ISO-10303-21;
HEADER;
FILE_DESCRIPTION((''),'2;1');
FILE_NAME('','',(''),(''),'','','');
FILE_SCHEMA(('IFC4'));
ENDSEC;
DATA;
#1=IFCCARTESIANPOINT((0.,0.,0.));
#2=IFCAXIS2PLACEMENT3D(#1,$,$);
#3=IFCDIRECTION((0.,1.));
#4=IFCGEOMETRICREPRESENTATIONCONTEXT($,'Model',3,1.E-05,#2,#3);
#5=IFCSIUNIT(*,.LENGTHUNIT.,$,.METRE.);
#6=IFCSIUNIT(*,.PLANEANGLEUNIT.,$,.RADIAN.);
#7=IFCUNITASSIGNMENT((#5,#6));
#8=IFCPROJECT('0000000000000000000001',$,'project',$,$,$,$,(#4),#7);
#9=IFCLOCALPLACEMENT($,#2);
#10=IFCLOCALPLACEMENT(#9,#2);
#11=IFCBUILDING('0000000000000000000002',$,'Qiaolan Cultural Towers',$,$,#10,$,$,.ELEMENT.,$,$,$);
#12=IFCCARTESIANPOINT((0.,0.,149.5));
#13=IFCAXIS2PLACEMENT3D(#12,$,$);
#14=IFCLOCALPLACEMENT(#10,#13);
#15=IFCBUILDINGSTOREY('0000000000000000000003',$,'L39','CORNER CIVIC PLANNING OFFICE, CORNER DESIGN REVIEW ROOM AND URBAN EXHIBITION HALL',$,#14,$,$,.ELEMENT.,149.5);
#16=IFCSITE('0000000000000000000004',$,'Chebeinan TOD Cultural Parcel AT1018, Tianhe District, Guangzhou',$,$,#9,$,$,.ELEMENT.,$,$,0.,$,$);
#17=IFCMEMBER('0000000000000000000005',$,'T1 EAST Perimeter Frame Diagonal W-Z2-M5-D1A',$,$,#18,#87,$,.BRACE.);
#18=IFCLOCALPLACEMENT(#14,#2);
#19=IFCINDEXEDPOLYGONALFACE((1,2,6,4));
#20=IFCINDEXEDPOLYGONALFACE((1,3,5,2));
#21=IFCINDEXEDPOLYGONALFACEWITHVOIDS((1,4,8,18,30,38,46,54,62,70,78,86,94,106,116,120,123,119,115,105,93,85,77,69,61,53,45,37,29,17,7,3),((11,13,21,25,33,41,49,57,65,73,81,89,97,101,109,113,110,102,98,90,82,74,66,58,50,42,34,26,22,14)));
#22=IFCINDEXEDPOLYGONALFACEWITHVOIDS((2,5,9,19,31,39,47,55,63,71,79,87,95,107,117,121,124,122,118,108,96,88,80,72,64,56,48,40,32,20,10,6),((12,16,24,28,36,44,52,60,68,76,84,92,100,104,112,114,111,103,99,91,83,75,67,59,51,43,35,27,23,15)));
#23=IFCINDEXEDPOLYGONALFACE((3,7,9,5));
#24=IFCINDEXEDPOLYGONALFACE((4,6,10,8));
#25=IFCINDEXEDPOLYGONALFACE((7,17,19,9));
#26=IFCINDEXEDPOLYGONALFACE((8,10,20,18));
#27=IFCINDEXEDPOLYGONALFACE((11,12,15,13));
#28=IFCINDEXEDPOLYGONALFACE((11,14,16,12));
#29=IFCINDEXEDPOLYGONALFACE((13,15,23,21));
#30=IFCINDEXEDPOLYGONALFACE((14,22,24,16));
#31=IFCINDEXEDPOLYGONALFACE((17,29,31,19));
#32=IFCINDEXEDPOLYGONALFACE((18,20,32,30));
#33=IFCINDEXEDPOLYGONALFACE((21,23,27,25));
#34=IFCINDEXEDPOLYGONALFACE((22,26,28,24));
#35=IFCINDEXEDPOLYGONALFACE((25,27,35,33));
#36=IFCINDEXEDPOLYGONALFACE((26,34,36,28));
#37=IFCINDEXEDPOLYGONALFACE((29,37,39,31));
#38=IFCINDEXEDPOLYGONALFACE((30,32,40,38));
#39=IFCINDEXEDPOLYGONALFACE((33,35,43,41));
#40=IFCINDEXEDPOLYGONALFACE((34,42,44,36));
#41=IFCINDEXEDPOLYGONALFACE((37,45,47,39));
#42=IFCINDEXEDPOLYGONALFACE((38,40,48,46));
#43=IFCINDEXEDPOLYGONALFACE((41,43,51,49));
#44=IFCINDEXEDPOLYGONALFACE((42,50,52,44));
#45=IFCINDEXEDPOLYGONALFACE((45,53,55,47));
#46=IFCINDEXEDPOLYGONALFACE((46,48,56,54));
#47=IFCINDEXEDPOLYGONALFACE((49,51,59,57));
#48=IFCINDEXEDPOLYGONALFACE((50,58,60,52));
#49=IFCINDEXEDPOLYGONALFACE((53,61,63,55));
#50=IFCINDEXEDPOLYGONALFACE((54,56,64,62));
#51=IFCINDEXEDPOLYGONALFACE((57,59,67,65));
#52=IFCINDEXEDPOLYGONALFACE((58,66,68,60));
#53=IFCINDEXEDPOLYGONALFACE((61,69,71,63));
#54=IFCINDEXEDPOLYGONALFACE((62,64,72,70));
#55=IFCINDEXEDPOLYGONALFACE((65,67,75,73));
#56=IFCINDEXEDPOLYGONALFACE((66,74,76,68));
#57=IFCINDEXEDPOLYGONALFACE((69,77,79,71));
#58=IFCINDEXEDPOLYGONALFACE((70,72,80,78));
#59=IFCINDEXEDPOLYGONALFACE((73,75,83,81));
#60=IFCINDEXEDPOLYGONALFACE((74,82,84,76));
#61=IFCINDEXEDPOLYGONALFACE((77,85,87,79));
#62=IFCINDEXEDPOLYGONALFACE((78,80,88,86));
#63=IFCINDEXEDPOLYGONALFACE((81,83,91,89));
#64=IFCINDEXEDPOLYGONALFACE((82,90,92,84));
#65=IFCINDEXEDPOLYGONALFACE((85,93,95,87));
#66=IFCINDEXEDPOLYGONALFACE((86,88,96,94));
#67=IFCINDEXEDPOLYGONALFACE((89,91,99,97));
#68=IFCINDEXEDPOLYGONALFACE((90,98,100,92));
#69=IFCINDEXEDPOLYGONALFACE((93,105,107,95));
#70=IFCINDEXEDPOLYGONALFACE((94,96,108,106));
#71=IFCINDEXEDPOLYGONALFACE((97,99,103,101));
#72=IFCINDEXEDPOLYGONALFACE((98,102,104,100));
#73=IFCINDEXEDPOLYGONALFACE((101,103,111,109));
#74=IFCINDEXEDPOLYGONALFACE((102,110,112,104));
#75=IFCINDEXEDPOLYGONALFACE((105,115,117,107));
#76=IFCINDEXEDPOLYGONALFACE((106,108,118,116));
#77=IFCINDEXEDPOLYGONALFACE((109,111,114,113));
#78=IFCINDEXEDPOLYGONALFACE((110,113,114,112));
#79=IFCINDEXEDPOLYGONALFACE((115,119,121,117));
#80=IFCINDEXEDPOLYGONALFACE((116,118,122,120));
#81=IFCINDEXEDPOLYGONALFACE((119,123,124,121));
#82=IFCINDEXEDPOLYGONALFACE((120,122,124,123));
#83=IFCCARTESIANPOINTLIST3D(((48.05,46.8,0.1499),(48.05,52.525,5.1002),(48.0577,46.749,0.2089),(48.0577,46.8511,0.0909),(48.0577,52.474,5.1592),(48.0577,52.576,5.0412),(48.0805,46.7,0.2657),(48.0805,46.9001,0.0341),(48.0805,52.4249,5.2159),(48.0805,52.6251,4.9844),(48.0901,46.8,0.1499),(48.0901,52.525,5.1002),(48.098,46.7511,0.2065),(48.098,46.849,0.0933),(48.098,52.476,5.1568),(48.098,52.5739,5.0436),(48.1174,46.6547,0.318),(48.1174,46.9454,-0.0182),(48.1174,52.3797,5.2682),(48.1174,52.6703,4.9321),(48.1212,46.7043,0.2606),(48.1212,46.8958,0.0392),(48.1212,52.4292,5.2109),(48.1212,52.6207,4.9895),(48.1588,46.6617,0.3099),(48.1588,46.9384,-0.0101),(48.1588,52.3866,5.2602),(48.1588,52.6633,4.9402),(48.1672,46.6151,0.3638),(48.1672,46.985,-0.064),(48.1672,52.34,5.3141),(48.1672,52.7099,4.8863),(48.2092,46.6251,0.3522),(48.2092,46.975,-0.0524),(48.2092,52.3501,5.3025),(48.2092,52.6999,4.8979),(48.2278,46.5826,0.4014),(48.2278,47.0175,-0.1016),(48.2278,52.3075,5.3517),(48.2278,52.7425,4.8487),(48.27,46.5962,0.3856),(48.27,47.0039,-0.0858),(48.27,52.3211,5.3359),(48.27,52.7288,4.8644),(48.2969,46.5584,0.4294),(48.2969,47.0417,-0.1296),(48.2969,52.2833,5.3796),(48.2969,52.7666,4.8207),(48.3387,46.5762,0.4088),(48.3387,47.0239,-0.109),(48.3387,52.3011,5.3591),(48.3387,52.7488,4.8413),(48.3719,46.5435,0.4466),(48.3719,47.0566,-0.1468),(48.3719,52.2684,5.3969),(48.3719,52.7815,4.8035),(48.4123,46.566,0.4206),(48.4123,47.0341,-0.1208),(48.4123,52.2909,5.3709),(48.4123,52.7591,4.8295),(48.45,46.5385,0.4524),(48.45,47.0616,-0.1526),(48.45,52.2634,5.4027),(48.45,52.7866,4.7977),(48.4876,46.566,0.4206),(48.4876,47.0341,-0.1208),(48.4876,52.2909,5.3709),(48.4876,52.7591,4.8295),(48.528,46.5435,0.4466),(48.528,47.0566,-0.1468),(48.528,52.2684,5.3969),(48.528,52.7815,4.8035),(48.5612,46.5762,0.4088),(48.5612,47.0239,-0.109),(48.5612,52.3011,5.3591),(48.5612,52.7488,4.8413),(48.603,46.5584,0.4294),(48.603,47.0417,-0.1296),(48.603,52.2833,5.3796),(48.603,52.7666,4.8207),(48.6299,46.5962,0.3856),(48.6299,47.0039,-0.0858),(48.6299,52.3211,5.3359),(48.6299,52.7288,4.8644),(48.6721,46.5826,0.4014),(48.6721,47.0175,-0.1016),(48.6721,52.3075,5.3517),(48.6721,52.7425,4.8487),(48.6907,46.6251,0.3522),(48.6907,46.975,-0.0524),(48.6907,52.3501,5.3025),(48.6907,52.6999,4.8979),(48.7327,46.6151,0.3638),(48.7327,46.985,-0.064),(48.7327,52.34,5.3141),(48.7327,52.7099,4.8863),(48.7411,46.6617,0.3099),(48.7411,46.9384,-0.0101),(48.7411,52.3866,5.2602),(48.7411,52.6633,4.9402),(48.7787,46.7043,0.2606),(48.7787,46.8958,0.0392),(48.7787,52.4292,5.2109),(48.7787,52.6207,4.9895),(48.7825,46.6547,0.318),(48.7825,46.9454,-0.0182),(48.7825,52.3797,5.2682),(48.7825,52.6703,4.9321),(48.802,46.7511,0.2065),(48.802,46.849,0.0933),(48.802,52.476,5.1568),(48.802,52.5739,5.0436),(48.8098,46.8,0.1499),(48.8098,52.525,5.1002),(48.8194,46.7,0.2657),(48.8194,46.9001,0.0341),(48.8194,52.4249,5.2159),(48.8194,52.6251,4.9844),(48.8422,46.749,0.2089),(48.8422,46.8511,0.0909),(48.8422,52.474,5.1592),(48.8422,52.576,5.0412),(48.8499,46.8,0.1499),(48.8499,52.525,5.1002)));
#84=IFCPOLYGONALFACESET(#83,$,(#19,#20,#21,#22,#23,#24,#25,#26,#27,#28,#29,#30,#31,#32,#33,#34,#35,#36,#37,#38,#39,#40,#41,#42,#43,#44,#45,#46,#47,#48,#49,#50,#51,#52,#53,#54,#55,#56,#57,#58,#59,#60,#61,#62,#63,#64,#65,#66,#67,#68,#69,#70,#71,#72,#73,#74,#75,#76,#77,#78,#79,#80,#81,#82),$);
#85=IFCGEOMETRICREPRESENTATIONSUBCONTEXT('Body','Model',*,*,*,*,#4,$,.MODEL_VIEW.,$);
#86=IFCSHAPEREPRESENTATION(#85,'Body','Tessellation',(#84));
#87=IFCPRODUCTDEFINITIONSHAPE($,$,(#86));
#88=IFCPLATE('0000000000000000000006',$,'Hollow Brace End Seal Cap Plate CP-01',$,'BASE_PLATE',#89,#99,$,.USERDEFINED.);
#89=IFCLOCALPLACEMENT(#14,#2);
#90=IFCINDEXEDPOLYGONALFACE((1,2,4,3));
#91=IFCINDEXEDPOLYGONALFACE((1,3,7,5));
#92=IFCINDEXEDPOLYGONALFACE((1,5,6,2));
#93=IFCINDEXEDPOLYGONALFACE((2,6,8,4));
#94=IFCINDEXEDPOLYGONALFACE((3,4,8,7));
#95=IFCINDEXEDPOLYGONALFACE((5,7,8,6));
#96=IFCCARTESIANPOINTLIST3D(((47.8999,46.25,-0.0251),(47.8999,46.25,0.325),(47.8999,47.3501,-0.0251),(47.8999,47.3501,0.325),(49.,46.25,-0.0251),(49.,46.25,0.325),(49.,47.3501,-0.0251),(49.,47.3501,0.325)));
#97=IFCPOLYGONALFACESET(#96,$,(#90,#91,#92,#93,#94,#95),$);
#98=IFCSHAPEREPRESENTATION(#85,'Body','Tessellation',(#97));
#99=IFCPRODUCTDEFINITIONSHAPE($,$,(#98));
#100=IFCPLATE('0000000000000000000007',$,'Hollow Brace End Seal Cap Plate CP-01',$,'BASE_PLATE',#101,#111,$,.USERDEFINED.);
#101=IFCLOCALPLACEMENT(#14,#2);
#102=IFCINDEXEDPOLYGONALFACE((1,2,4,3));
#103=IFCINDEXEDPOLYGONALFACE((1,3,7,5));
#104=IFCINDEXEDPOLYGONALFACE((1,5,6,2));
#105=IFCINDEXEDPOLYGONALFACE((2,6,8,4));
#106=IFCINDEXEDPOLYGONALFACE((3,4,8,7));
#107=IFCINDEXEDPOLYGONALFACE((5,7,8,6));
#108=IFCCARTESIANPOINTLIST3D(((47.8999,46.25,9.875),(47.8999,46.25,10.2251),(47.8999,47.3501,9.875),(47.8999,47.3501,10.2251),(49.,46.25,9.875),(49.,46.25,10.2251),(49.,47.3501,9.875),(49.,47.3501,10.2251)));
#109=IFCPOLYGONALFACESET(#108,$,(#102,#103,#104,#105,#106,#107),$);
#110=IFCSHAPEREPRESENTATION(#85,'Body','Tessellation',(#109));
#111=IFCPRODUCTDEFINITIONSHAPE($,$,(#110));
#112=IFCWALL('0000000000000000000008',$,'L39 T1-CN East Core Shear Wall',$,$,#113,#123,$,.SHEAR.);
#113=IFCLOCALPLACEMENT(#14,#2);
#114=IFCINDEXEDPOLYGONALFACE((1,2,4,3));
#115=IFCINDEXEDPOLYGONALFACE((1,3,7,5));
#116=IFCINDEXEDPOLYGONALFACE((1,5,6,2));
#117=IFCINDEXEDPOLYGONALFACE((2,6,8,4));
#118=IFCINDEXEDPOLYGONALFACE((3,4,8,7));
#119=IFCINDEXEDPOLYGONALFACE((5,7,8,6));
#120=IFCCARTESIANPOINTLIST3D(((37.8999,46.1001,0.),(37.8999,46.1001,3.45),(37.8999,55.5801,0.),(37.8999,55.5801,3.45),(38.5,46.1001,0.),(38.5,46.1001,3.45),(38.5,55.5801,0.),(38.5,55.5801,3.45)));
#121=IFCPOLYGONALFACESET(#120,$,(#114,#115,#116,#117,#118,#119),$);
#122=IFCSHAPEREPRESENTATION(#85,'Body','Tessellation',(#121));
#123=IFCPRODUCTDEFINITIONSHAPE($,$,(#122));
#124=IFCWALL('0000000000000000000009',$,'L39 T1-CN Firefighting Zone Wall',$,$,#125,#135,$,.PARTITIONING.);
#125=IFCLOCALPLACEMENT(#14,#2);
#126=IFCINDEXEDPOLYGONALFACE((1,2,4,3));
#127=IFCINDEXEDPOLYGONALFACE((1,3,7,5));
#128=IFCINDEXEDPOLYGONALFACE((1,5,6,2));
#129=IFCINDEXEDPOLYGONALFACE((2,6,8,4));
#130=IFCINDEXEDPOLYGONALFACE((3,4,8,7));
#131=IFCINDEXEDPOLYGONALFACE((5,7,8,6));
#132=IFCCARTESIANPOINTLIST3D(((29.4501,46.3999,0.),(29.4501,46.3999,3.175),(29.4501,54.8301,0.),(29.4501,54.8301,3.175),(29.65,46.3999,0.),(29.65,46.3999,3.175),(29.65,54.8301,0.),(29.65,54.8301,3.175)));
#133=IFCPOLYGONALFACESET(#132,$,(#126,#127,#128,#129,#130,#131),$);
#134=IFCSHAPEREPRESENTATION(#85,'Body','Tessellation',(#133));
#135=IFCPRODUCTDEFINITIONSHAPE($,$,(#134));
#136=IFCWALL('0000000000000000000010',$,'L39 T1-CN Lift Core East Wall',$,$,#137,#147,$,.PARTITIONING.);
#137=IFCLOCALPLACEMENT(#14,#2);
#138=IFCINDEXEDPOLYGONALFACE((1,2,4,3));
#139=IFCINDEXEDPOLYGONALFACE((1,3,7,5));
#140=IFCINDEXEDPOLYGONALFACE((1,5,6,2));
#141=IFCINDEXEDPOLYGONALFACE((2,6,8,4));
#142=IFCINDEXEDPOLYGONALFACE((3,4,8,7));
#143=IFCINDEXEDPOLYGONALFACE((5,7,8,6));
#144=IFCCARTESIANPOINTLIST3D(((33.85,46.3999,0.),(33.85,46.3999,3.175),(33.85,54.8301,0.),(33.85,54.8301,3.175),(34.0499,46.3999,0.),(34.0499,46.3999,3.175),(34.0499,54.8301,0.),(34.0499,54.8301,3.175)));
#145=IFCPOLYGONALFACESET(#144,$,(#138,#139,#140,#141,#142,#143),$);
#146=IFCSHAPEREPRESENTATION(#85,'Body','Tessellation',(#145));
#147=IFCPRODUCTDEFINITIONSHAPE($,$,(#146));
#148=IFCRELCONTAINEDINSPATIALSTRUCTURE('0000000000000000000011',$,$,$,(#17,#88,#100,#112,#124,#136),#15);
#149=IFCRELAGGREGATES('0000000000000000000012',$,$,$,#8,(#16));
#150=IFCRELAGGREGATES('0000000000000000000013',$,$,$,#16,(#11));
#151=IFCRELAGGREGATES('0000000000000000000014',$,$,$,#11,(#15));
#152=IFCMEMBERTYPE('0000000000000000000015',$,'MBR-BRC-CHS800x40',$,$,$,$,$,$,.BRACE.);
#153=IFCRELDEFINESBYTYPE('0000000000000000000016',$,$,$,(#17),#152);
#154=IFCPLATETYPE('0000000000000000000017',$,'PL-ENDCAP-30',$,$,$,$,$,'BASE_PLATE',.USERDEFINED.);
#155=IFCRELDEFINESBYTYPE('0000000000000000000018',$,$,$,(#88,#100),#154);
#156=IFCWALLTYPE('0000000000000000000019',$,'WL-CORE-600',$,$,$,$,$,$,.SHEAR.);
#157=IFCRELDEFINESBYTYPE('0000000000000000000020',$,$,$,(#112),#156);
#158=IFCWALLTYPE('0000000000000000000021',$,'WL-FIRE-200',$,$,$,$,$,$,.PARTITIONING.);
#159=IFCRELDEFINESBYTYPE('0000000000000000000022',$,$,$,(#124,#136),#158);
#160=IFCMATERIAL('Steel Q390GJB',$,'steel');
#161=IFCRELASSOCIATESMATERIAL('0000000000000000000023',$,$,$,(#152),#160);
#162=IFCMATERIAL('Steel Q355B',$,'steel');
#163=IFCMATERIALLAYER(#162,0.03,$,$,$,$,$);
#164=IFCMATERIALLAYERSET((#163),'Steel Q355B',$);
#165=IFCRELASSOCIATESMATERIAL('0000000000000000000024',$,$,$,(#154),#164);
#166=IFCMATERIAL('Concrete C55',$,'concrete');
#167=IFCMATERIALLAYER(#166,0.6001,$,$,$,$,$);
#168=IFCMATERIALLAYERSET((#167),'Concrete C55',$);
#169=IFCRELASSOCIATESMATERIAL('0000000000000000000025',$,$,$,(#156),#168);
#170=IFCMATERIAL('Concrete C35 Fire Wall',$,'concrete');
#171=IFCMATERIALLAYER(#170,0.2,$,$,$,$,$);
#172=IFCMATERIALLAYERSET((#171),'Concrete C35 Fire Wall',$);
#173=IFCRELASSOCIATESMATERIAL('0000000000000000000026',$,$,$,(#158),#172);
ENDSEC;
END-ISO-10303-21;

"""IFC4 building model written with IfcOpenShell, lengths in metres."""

from ifc_helpers import new_model, si_unit, direction, frame, frame_2d, origin, origin_2d, place, context, subcontext, project, spatial, rectangle, hollow_circle, extrude, material, layer, layer_set, material_profile, profile_set, type_object, element, save


model = new_model("IFC4")

# Units and contexts
model_context = context("Model", 3, precision=1e-05, world=origin(), true_north=direction((0.0, 1.0)))
body_context = subcontext(model_context, "Body", "Model", "MODEL_VIEW")
ifc_project = project(units=[si_unit("LENGTHUNIT", "METRE"), si_unit("PLANEANGLEUNIT", "RADIAN")], contexts=[model_context])

# Site, building, storey
site_placement = place(None, origin())
site = spatial("IfcSite", under=ifc_project, at=site_placement, Name="Chebeinan TOD Cultural Parcel AT1018, Tianhe District, Guangzhou", CompositionType="ELEMENT", RefElevation=0.0)
building_placement = place(site_placement, origin())
building = spatial("IfcBuilding", under=site, at=building_placement, Name="Qiaolan Cultural Towers", CompositionType="ELEMENT")
storey_placement = place(building_placement, frame((0.0, 0.0, 149.5)))
storey = spatial("IfcBuildingStorey", under=building, at=storey_placement, Name="L39", Description="CORNER CIVIC PLANNING OFFICE, CORNER DESIGN REVIEW ROOM AND URBAN EXHIBITION HALL", CompositionType="ELEMENT", Elevation=149.5)

# Member
ifc_material_1 = material(Name="Steel Q390GJB", Category="steel")
ifc_material_profile_1 = material_profile(ifc_material_1, hollow_circle(Radius=0.3999, WallThickness=0.04, at=origin_2d()), Name="CHS800x40")
ifc_profile_set_1 = profile_set([ifc_material_profile_1], Name="Steel Q390GJB")
member_type = type_object("IfcMemberType", Name="MBR-BRC-CHS800x40", PredefinedType="BRACE", material=ifc_profile_set_1)
member_placement = place(storey_placement, frame((48.45, 46.8, 0.1499), z_axis=(0.0, 0.75643, 0.654074), x_axis=(-1.0, 0.0, 0.0)))
element("IfcMember", 1, at=member_placement, inside=storey, type_object=member_type, Name="T1 EAST Perimeter Frame Diagonal W-Z2-M5-D1A", PredefinedType="BRACE", context=body_context, shape_type="SweptSolid", body=[
    extrude(hollow_circle(Radius=0.3999, WallThickness=0.04, at=origin_2d()), origin(), (0.0, 0.0, 1.0), 7.5684),
])

# Plates
ifc_material_2 = material(Name="Steel Q355B", Category="steel")
ifc_layer_1 = layer(ifc_material_2, 0.03)
ifc_layer_set_1 = layer_set([ifc_layer_1], Name="Steel Q355B")
plate_type = type_object("IfcPlateType", Name="PL-ENDCAP-30", ElementType="BASE_PLATE", PredefinedType="USERDEFINED", material=ifc_layer_set_1)
for number, where, z_axis, x_axis, name in (
    (2, (48.45, 46.8, -0.0251), (0.0, 0.0, 1.0), (0.0, 1.0, 0.0), "Hollow Brace End Seal Cap Plate CP-01"),
    (3, (48.45, 46.8, 9.875), (0.0, 0.0, 1.0), (0.0, 1.0, 0.0), "Hollow Brace End Seal Cap Plate CP-01"),
):
    element("IfcPlate", number, at=place(storey_placement, frame(where, z_axis=z_axis, x_axis=x_axis)), inside=storey, type_object=plate_type, Name=name, ObjectType="BASE_PLATE", PredefinedType="USERDEFINED", context=body_context, shape_type="SweptSolid", body=[
        extrude(rectangle(XDim=1.1001, YDim=1.1001, at=origin_2d()), origin(), (0.0, 0.0, 1.0), 0.3501),
    ])

# Walls
ifc_material_3 = material(Name="Concrete C55", Category="concrete")
ifc_layer_2 = layer(ifc_material_3, 0.6001)
ifc_layer_set_2 = layer_set([ifc_layer_2], Name="Concrete C55")
wall_type_1 = type_object("IfcWallType", Name="WL-CORE-600", PredefinedType="SHEAR", material=ifc_layer_set_2)
wall_1_placement = place(storey_placement, frame((38.2, 46.1001, 0.0), z_axis=(0.0, 0.0, 1.0), x_axis=(0.0, 1.0, 0.0)))
element("IfcWall", 4, at=wall_1_placement, inside=storey, type_object=wall_type_1, Name="L39 T1-CN East Core Shear Wall", PredefinedType="SHEAR", context=body_context, shape_type="SweptSolid", body=[
    extrude(rectangle(XDim=9.48, YDim=0.6001, at=frame_2d((4.74, 0.0))), origin(), (0.0, 0.0, 1.0), 3.45),
])
ifc_material_4 = material(Name="Concrete C35 Fire Wall", Category="concrete")
ifc_layer_3 = layer(ifc_material_4, 0.2)
ifc_layer_set_3 = layer_set([ifc_layer_3], Name="Concrete C35 Fire Wall")
wall_type_2 = type_object("IfcWallType", Name="WL-FIRE-200", PredefinedType="PARTITIONING", material=ifc_layer_set_3)
for number, where, z_axis, x_axis, name in (
    (5, (29.55, 46.3999, 0.0), (0.0, 0.0, 1.0), (0.0, 1.0, 0.0), "L39 T1-CN Firefighting Zone Wall"),
    (6, (33.95, 46.3999, 0.0), (0.0, 0.0, 1.0), (0.0, 1.0, 0.0), "L39 T1-CN Lift Core East Wall"),
):
    element("IfcWall", number, at=place(storey_placement, frame(where, z_axis=z_axis, x_axis=x_axis)), inside=storey, type_object=wall_type_2, Name=name, PredefinedType="PARTITIONING", context=body_context, shape_type="SweptSolid", body=[
        extrude(rectangle(XDim=8.4302, YDim=0.2, at=frame_2d((4.2151, 0.0))), origin(), (0.0, 0.0, 1.0), 3.175),
    ])

save(model, "model.ifc")
